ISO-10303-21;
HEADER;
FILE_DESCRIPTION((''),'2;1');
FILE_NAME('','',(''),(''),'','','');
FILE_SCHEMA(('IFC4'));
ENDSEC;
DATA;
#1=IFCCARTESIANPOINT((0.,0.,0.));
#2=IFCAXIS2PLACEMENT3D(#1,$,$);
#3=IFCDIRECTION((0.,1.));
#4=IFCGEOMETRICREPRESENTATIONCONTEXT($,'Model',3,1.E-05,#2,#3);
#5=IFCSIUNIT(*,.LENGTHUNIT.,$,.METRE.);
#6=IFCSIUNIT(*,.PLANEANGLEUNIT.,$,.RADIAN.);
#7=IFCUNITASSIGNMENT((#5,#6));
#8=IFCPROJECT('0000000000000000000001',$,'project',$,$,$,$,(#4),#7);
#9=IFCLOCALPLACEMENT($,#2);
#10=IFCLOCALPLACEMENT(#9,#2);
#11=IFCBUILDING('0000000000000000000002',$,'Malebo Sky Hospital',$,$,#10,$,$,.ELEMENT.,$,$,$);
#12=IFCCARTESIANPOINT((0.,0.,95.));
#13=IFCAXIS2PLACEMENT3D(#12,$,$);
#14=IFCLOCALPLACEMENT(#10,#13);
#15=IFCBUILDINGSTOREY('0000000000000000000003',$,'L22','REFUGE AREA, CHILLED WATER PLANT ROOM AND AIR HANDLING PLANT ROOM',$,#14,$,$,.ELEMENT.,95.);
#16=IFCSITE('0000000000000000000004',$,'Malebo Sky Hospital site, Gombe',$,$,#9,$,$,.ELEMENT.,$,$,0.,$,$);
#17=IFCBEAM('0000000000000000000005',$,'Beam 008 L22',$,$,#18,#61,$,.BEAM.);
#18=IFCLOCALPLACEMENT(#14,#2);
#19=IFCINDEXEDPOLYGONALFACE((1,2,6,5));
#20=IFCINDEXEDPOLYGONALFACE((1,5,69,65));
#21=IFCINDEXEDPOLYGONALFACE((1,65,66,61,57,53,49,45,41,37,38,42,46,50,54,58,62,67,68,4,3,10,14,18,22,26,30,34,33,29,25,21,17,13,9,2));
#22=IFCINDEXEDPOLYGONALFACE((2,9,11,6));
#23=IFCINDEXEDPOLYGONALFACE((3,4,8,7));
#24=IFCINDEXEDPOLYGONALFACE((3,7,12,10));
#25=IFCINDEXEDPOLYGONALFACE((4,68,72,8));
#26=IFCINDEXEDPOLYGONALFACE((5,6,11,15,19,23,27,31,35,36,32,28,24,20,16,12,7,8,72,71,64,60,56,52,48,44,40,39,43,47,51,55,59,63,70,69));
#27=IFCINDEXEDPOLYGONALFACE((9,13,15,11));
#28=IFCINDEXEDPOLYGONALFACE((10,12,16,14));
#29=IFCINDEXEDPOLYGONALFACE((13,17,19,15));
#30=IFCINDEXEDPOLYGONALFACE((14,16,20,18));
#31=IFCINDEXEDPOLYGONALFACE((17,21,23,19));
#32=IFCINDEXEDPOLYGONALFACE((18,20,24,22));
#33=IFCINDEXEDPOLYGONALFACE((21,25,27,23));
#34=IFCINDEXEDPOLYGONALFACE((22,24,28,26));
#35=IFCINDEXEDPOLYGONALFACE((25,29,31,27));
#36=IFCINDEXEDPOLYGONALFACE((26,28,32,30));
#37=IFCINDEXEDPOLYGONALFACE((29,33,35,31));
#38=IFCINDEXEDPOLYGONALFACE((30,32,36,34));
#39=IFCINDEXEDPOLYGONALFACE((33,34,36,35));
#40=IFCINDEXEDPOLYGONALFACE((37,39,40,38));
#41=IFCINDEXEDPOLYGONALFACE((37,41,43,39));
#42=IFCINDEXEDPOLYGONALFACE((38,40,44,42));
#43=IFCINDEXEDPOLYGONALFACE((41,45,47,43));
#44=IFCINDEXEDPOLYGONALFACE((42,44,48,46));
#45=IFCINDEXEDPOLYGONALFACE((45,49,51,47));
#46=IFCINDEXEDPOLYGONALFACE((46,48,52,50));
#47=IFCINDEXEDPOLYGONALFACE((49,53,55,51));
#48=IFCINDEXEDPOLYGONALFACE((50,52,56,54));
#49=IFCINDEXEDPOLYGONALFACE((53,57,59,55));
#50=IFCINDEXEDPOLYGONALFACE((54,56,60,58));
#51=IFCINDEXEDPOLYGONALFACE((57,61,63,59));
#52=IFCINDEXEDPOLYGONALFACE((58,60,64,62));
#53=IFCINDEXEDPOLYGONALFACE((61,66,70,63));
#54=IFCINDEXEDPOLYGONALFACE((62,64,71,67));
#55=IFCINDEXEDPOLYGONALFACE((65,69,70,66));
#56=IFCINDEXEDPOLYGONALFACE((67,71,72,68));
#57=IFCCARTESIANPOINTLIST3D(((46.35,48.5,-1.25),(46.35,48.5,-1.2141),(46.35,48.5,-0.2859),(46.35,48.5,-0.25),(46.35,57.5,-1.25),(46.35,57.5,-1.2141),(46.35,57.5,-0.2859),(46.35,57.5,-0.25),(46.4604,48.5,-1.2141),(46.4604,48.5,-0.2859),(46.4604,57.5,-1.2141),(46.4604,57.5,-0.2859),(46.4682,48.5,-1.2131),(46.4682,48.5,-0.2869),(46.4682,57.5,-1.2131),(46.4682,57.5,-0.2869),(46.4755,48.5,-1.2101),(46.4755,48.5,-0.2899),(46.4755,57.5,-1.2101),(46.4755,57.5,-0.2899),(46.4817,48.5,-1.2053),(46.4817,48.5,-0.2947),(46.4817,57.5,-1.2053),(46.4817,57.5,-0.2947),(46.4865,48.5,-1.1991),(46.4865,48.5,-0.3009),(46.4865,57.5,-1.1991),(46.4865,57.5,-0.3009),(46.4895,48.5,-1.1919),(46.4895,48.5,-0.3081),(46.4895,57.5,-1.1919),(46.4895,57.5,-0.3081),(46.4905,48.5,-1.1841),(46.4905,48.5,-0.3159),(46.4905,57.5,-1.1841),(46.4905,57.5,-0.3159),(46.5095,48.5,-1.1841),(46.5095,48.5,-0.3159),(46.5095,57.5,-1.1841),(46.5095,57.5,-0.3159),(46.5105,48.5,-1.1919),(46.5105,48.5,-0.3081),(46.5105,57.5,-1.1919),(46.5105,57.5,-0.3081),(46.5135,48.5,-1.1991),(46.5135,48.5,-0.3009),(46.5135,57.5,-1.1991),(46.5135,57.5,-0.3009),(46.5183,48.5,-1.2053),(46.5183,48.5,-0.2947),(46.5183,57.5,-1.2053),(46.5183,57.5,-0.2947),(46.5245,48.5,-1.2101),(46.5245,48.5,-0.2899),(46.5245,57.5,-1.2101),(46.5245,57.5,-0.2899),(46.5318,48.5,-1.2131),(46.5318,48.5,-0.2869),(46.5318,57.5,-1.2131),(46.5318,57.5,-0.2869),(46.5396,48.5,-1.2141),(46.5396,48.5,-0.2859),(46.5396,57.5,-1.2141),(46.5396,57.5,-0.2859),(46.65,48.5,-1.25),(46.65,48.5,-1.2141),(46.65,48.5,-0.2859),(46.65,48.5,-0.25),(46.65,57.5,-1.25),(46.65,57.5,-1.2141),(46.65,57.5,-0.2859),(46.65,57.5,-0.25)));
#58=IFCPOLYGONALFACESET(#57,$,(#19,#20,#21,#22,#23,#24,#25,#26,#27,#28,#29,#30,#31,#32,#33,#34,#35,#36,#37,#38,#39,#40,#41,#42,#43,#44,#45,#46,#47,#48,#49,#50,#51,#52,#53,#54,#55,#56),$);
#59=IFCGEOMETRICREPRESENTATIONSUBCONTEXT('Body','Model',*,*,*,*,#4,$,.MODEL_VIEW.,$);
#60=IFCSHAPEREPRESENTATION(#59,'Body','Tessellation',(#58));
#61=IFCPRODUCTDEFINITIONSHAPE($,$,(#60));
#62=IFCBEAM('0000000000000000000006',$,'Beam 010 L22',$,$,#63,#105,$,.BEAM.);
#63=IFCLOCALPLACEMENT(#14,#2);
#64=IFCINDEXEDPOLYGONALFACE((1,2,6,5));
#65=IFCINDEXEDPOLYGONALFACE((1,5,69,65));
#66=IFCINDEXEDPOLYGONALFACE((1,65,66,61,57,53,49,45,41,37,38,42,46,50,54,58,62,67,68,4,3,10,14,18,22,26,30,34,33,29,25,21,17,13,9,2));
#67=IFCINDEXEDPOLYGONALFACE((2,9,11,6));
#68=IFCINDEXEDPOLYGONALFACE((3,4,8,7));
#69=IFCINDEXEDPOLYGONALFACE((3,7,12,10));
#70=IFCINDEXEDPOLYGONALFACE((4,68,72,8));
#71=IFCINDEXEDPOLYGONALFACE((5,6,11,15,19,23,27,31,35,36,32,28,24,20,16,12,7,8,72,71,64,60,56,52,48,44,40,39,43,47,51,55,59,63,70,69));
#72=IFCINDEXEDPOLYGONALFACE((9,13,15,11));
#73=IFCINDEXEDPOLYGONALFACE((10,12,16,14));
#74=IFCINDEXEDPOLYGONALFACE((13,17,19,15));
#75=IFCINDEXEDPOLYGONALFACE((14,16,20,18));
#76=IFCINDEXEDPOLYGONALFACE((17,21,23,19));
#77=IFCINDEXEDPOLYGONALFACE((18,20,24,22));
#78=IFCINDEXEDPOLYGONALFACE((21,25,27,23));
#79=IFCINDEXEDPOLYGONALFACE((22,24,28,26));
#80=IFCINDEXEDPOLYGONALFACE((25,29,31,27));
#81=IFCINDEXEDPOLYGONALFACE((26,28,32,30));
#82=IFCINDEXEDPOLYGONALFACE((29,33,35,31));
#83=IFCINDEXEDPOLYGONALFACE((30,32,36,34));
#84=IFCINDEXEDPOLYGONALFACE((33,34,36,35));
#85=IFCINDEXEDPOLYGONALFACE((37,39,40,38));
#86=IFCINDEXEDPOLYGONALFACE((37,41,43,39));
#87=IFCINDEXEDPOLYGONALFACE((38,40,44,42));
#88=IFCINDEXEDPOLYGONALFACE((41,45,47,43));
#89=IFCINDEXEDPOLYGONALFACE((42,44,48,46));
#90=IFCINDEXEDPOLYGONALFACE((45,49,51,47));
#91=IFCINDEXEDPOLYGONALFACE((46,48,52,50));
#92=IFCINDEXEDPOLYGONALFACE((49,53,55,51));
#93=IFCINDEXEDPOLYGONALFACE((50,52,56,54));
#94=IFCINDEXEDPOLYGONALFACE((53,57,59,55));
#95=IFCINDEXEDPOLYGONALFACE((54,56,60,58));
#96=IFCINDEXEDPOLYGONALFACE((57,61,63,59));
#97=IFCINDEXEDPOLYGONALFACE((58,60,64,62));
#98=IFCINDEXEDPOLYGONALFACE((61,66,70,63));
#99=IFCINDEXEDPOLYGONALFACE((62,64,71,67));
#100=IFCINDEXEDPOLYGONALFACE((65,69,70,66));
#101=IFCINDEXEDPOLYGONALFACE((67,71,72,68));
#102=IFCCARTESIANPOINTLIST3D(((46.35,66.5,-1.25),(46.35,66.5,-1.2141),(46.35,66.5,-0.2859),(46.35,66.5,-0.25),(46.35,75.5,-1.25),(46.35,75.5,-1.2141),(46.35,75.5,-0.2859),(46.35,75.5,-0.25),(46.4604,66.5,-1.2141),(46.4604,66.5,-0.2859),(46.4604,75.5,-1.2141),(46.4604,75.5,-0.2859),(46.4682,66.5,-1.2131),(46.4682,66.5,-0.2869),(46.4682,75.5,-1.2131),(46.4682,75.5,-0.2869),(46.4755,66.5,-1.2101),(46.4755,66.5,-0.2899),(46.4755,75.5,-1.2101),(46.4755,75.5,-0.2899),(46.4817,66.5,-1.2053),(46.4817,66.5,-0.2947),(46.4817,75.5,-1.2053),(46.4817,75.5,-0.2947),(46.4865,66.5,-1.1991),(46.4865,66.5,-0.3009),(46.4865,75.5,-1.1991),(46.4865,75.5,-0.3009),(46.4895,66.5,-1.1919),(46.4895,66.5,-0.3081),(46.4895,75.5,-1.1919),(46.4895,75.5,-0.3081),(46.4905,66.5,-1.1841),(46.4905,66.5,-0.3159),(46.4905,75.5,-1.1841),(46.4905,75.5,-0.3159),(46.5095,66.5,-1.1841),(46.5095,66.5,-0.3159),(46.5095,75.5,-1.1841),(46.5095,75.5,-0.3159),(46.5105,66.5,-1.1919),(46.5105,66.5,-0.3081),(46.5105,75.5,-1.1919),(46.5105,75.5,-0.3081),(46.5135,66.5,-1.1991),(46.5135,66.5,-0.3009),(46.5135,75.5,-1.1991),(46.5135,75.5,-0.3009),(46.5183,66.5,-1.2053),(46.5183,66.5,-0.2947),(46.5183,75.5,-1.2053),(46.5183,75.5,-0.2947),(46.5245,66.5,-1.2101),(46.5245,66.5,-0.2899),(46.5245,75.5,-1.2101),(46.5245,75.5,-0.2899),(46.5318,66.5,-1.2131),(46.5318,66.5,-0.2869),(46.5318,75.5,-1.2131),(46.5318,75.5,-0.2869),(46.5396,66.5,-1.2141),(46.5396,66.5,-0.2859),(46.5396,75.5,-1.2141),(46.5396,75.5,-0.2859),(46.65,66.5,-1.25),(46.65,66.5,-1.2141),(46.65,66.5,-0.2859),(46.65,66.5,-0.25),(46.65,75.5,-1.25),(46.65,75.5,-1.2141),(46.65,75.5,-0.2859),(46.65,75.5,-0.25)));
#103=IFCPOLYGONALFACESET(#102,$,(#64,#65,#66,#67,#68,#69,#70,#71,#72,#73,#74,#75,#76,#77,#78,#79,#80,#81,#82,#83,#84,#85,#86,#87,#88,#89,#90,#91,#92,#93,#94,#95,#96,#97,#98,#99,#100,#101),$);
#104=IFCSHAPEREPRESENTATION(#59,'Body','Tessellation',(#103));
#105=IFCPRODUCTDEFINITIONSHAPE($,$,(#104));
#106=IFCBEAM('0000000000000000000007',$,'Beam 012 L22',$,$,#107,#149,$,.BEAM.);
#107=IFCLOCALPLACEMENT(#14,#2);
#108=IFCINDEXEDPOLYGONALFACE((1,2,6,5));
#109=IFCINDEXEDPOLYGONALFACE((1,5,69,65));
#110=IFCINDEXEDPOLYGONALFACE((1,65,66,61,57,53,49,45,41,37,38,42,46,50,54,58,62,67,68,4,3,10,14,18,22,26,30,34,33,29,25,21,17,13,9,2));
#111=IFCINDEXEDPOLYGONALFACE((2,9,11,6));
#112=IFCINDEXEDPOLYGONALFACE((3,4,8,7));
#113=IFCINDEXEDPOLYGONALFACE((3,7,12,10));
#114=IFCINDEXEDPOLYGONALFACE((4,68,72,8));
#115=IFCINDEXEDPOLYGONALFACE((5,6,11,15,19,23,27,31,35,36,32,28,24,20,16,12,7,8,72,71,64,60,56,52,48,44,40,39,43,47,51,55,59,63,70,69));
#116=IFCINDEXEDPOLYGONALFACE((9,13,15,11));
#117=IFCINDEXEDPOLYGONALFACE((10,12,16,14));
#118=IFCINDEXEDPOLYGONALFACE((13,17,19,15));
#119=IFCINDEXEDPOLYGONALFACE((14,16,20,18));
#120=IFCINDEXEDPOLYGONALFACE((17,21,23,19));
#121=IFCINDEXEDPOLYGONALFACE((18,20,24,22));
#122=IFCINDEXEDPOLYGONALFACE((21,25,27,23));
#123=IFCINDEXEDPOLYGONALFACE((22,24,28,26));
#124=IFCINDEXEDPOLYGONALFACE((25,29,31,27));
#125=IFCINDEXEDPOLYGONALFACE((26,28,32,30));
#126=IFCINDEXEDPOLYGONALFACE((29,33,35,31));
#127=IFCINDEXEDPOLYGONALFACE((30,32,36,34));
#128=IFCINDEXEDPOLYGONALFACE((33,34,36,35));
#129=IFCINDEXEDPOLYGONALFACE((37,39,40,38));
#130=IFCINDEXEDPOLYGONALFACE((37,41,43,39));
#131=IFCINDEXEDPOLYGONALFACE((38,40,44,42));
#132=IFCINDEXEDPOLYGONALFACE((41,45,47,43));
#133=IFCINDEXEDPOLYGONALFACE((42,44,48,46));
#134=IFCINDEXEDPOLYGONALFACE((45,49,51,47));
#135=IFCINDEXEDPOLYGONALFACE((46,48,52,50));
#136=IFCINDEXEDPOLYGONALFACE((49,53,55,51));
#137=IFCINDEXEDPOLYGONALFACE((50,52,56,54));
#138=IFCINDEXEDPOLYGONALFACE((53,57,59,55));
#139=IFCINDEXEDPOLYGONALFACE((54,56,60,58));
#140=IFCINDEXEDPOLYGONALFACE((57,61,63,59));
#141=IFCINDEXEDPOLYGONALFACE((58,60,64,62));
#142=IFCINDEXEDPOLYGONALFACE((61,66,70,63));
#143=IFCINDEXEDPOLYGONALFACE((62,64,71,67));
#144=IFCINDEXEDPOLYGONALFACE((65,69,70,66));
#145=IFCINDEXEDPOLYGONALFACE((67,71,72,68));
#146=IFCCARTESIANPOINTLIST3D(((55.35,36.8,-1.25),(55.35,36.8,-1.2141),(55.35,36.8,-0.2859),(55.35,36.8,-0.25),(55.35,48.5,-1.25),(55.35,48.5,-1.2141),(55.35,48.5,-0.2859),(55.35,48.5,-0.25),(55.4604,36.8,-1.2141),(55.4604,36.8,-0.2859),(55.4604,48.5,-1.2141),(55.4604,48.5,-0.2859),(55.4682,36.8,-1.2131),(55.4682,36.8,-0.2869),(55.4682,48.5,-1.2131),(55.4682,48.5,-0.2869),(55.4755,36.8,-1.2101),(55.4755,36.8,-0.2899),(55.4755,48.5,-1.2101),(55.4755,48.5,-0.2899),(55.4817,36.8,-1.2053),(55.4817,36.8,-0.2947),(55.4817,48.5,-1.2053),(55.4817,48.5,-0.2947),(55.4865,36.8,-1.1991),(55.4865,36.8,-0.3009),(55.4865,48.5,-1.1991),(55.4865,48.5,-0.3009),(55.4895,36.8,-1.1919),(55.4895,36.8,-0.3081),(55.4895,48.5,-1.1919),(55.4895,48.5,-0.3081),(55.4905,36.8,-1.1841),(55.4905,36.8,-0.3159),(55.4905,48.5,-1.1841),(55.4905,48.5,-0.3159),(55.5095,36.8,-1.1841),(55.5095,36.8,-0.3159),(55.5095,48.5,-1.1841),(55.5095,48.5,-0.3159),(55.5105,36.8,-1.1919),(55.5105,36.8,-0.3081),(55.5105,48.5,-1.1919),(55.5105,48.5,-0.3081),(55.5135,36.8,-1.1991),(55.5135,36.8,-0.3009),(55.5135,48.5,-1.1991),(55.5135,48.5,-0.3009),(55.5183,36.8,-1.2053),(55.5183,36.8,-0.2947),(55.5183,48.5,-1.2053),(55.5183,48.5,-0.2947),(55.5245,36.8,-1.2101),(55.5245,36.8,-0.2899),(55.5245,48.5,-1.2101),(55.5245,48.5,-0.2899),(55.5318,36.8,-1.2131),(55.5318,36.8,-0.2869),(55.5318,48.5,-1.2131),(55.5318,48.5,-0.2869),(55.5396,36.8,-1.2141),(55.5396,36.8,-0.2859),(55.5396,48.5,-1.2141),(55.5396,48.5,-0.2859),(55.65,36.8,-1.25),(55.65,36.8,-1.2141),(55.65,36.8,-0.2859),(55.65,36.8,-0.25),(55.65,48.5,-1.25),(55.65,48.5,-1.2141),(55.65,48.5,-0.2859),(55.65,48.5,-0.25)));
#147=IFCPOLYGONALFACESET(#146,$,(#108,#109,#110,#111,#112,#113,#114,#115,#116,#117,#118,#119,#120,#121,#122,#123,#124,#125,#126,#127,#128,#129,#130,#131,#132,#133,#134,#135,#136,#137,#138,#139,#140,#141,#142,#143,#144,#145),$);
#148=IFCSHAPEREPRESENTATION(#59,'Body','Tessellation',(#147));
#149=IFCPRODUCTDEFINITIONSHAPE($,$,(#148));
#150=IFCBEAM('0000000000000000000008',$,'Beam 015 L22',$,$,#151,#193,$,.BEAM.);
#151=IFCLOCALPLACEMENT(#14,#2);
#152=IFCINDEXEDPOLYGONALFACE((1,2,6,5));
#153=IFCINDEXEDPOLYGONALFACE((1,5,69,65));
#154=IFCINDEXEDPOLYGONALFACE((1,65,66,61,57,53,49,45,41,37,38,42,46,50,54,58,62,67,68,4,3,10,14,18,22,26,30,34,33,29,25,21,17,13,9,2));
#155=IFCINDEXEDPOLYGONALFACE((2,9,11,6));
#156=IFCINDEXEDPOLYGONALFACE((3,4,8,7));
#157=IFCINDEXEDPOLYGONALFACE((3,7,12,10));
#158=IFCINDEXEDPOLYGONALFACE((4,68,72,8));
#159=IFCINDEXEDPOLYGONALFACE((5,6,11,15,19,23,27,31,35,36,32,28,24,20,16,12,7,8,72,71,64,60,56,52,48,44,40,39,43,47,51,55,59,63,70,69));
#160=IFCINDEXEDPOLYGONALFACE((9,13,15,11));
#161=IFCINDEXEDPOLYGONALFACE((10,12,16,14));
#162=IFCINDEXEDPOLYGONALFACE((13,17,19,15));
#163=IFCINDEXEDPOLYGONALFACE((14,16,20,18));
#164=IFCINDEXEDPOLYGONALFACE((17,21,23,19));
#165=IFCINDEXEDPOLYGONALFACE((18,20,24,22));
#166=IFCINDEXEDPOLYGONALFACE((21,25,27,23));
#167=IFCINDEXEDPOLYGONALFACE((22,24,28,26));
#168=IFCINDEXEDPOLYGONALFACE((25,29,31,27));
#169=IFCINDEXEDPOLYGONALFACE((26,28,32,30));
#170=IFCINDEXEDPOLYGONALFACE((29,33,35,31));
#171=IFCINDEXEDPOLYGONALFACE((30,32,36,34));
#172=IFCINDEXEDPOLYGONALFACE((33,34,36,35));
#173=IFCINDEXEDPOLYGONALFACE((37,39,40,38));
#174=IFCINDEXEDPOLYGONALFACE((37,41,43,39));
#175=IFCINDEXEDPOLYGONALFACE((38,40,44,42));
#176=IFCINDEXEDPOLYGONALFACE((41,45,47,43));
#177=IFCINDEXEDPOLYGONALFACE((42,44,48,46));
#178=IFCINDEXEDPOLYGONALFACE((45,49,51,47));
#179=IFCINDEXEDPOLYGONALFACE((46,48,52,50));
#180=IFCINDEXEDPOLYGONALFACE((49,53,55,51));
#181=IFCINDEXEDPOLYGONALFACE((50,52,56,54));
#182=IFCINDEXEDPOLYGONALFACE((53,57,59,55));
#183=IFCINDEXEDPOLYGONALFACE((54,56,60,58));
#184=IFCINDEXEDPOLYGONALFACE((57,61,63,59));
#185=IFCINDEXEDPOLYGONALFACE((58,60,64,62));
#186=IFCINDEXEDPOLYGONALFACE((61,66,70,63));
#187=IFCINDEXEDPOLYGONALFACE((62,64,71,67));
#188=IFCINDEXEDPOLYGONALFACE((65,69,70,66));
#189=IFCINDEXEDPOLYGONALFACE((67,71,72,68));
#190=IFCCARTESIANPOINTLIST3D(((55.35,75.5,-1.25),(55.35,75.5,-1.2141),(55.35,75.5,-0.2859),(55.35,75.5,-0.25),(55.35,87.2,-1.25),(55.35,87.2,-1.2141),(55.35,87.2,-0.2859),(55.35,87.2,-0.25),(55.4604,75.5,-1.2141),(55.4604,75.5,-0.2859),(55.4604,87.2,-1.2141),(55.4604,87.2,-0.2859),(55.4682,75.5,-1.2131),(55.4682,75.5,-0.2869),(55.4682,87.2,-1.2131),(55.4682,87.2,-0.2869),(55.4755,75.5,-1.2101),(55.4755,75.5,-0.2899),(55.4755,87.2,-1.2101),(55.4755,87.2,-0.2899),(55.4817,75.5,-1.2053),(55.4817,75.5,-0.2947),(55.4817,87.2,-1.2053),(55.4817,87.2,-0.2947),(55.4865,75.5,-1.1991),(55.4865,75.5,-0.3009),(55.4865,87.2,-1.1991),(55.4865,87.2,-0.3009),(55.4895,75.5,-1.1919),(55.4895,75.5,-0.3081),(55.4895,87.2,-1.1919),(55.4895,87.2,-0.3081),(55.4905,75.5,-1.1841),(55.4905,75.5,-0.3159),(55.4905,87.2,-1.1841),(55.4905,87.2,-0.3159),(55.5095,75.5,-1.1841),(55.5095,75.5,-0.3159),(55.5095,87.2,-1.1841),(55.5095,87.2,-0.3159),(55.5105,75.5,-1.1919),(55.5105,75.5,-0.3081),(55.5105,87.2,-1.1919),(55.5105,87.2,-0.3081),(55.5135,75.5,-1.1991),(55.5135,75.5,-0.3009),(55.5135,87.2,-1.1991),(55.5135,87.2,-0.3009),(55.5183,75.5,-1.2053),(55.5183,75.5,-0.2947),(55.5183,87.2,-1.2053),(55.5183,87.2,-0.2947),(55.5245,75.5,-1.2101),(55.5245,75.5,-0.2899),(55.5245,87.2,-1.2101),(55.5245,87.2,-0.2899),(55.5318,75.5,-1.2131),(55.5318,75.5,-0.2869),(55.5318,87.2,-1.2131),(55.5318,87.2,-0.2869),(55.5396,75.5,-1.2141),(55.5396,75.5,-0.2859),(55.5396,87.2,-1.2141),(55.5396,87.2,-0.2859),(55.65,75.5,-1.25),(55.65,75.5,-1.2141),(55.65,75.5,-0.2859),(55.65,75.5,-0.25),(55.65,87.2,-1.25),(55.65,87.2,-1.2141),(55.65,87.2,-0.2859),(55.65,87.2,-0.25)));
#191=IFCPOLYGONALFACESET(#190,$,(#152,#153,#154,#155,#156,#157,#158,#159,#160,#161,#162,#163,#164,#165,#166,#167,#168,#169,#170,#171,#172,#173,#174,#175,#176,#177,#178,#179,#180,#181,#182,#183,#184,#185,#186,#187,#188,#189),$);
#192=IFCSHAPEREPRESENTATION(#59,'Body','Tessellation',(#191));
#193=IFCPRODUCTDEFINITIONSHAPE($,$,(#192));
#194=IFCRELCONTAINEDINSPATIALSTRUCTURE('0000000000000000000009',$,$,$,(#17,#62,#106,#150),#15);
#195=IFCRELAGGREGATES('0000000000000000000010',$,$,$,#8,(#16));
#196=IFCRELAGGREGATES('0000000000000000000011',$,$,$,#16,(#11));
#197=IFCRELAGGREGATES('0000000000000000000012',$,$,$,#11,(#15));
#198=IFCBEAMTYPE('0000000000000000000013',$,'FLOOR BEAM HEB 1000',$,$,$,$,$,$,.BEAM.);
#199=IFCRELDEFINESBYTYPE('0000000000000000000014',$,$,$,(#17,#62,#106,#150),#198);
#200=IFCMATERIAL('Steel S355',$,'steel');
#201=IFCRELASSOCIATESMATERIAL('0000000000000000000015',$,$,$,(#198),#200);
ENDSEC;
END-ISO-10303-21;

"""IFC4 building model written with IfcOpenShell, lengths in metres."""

from ifc_helpers import new_model, si_unit, direction, frame, origin, origin_2d, place, context, subcontext, project, spatial, i_section, extrude, material, material_profile, profile_set, type_object, element, save


model = new_model("IFC4")

# Units and contexts
model_context = context("Model", 3, precision=1e-05, world=origin(), true_north=direction((0.0, 1.0)))
body_context = subcontext(model_context, "Body", "Model", "MODEL_VIEW")
ifc_project = project(units=[si_unit("LENGTHUNIT", "METRE"), si_unit("PLANEANGLEUNIT", "RADIAN")], contexts=[model_context])

# Site, building, storey
site_placement = place(None, origin())
site = spatial("IfcSite", under=ifc_project, at=site_placement, Name="Malebo Sky Hospital site, Gombe", CompositionType="ELEMENT", RefElevation=0.0)
building_placement = place(site_placement, origin())
building = spatial("IfcBuilding", under=site, at=building_placement, Name="Malebo Sky Hospital", CompositionType="ELEMENT")
storey_placement = place(building_placement, frame((0.0, 0.0, 95.0)))
storey = spatial("IfcBuildingStorey", under=building, at=storey_placement, Name="L22", Description="REFUGE AREA, CHILLED WATER PLANT ROOM AND AIR HANDLING PLANT ROOM", CompositionType="ELEMENT", Elevation=95.0)

# Beams
ifc_material = material(Name="Steel S355", Category="steel")
ifc_material_profile_1 = material_profile(ifc_material, i_section(OverallWidth=0.3, OverallDepth=1.0, WebThickness=0.019, FlangeThickness=0.0359, FilletRadius=0.03, at=origin_2d()), Name="HEB 1000")
ifc_profile_set_1 = profile_set([ifc_material_profile_1], Name="Steel S355")
beam_type_1 = type_object("IfcBeamType", Name="FLOOR BEAM HEB 1000", PredefinedType="BEAM", material=ifc_profile_set_1)
for number, where, z_axis, x_axis, name in (
    (1, (46.5, 48.5, -0.75), (0.0, 1.0, 0.0), (-1.0, 0.0, 0.0), "Beam 008 L22"),
    (2, (46.5, 66.5, -0.75), (0.0, 1.0, 0.0), (-1.0, 0.0, 0.0), "Beam 010 L22"),
):
    element("IfcBeam", number, at=place(storey_placement, frame(where, z_axis=z_axis, x_axis=x_axis)), inside=storey, type_object=beam_type_1, Name=name, PredefinedType="BEAM", context=body_context, shape_type="SweptSolid", body=[
        extrude(i_section(OverallWidth=0.3, OverallDepth=1.0, WebThickness=0.019, FlangeThickness=0.0359, FilletRadius=0.03, at=origin_2d()), origin(), (0.0, 0.0, 1.0), 9.0),
    ])
for number, where, z_axis, x_axis, name in (
    (3, (55.5, 36.8, -0.75), (0.0, 1.0, 0.0), (-1.0, 0.0, 0.0), "Beam 012 L22"),
    (4, (55.5, 75.5, -0.75), (0.0, 1.0, 0.0), (-1.0, 0.0, 0.0), "Beam 015 L22"),
):
    element("IfcBeam", number, at=place(storey_placement, frame(where, z_axis=z_axis, x_axis=x_axis)), inside=storey, type_object=beam_type_1, Name=name, PredefinedType="BEAM", context=body_context, shape_type="SweptSolid", body=[
        extrude(i_section(OverallWidth=0.3, OverallDepth=1.0, WebThickness=0.019, FlangeThickness=0.0359, FilletRadius=0.03, at=origin_2d()), origin(), (0.0, 0.0, 1.0), 11.7),
    ])

save(model, "model.ifc")
